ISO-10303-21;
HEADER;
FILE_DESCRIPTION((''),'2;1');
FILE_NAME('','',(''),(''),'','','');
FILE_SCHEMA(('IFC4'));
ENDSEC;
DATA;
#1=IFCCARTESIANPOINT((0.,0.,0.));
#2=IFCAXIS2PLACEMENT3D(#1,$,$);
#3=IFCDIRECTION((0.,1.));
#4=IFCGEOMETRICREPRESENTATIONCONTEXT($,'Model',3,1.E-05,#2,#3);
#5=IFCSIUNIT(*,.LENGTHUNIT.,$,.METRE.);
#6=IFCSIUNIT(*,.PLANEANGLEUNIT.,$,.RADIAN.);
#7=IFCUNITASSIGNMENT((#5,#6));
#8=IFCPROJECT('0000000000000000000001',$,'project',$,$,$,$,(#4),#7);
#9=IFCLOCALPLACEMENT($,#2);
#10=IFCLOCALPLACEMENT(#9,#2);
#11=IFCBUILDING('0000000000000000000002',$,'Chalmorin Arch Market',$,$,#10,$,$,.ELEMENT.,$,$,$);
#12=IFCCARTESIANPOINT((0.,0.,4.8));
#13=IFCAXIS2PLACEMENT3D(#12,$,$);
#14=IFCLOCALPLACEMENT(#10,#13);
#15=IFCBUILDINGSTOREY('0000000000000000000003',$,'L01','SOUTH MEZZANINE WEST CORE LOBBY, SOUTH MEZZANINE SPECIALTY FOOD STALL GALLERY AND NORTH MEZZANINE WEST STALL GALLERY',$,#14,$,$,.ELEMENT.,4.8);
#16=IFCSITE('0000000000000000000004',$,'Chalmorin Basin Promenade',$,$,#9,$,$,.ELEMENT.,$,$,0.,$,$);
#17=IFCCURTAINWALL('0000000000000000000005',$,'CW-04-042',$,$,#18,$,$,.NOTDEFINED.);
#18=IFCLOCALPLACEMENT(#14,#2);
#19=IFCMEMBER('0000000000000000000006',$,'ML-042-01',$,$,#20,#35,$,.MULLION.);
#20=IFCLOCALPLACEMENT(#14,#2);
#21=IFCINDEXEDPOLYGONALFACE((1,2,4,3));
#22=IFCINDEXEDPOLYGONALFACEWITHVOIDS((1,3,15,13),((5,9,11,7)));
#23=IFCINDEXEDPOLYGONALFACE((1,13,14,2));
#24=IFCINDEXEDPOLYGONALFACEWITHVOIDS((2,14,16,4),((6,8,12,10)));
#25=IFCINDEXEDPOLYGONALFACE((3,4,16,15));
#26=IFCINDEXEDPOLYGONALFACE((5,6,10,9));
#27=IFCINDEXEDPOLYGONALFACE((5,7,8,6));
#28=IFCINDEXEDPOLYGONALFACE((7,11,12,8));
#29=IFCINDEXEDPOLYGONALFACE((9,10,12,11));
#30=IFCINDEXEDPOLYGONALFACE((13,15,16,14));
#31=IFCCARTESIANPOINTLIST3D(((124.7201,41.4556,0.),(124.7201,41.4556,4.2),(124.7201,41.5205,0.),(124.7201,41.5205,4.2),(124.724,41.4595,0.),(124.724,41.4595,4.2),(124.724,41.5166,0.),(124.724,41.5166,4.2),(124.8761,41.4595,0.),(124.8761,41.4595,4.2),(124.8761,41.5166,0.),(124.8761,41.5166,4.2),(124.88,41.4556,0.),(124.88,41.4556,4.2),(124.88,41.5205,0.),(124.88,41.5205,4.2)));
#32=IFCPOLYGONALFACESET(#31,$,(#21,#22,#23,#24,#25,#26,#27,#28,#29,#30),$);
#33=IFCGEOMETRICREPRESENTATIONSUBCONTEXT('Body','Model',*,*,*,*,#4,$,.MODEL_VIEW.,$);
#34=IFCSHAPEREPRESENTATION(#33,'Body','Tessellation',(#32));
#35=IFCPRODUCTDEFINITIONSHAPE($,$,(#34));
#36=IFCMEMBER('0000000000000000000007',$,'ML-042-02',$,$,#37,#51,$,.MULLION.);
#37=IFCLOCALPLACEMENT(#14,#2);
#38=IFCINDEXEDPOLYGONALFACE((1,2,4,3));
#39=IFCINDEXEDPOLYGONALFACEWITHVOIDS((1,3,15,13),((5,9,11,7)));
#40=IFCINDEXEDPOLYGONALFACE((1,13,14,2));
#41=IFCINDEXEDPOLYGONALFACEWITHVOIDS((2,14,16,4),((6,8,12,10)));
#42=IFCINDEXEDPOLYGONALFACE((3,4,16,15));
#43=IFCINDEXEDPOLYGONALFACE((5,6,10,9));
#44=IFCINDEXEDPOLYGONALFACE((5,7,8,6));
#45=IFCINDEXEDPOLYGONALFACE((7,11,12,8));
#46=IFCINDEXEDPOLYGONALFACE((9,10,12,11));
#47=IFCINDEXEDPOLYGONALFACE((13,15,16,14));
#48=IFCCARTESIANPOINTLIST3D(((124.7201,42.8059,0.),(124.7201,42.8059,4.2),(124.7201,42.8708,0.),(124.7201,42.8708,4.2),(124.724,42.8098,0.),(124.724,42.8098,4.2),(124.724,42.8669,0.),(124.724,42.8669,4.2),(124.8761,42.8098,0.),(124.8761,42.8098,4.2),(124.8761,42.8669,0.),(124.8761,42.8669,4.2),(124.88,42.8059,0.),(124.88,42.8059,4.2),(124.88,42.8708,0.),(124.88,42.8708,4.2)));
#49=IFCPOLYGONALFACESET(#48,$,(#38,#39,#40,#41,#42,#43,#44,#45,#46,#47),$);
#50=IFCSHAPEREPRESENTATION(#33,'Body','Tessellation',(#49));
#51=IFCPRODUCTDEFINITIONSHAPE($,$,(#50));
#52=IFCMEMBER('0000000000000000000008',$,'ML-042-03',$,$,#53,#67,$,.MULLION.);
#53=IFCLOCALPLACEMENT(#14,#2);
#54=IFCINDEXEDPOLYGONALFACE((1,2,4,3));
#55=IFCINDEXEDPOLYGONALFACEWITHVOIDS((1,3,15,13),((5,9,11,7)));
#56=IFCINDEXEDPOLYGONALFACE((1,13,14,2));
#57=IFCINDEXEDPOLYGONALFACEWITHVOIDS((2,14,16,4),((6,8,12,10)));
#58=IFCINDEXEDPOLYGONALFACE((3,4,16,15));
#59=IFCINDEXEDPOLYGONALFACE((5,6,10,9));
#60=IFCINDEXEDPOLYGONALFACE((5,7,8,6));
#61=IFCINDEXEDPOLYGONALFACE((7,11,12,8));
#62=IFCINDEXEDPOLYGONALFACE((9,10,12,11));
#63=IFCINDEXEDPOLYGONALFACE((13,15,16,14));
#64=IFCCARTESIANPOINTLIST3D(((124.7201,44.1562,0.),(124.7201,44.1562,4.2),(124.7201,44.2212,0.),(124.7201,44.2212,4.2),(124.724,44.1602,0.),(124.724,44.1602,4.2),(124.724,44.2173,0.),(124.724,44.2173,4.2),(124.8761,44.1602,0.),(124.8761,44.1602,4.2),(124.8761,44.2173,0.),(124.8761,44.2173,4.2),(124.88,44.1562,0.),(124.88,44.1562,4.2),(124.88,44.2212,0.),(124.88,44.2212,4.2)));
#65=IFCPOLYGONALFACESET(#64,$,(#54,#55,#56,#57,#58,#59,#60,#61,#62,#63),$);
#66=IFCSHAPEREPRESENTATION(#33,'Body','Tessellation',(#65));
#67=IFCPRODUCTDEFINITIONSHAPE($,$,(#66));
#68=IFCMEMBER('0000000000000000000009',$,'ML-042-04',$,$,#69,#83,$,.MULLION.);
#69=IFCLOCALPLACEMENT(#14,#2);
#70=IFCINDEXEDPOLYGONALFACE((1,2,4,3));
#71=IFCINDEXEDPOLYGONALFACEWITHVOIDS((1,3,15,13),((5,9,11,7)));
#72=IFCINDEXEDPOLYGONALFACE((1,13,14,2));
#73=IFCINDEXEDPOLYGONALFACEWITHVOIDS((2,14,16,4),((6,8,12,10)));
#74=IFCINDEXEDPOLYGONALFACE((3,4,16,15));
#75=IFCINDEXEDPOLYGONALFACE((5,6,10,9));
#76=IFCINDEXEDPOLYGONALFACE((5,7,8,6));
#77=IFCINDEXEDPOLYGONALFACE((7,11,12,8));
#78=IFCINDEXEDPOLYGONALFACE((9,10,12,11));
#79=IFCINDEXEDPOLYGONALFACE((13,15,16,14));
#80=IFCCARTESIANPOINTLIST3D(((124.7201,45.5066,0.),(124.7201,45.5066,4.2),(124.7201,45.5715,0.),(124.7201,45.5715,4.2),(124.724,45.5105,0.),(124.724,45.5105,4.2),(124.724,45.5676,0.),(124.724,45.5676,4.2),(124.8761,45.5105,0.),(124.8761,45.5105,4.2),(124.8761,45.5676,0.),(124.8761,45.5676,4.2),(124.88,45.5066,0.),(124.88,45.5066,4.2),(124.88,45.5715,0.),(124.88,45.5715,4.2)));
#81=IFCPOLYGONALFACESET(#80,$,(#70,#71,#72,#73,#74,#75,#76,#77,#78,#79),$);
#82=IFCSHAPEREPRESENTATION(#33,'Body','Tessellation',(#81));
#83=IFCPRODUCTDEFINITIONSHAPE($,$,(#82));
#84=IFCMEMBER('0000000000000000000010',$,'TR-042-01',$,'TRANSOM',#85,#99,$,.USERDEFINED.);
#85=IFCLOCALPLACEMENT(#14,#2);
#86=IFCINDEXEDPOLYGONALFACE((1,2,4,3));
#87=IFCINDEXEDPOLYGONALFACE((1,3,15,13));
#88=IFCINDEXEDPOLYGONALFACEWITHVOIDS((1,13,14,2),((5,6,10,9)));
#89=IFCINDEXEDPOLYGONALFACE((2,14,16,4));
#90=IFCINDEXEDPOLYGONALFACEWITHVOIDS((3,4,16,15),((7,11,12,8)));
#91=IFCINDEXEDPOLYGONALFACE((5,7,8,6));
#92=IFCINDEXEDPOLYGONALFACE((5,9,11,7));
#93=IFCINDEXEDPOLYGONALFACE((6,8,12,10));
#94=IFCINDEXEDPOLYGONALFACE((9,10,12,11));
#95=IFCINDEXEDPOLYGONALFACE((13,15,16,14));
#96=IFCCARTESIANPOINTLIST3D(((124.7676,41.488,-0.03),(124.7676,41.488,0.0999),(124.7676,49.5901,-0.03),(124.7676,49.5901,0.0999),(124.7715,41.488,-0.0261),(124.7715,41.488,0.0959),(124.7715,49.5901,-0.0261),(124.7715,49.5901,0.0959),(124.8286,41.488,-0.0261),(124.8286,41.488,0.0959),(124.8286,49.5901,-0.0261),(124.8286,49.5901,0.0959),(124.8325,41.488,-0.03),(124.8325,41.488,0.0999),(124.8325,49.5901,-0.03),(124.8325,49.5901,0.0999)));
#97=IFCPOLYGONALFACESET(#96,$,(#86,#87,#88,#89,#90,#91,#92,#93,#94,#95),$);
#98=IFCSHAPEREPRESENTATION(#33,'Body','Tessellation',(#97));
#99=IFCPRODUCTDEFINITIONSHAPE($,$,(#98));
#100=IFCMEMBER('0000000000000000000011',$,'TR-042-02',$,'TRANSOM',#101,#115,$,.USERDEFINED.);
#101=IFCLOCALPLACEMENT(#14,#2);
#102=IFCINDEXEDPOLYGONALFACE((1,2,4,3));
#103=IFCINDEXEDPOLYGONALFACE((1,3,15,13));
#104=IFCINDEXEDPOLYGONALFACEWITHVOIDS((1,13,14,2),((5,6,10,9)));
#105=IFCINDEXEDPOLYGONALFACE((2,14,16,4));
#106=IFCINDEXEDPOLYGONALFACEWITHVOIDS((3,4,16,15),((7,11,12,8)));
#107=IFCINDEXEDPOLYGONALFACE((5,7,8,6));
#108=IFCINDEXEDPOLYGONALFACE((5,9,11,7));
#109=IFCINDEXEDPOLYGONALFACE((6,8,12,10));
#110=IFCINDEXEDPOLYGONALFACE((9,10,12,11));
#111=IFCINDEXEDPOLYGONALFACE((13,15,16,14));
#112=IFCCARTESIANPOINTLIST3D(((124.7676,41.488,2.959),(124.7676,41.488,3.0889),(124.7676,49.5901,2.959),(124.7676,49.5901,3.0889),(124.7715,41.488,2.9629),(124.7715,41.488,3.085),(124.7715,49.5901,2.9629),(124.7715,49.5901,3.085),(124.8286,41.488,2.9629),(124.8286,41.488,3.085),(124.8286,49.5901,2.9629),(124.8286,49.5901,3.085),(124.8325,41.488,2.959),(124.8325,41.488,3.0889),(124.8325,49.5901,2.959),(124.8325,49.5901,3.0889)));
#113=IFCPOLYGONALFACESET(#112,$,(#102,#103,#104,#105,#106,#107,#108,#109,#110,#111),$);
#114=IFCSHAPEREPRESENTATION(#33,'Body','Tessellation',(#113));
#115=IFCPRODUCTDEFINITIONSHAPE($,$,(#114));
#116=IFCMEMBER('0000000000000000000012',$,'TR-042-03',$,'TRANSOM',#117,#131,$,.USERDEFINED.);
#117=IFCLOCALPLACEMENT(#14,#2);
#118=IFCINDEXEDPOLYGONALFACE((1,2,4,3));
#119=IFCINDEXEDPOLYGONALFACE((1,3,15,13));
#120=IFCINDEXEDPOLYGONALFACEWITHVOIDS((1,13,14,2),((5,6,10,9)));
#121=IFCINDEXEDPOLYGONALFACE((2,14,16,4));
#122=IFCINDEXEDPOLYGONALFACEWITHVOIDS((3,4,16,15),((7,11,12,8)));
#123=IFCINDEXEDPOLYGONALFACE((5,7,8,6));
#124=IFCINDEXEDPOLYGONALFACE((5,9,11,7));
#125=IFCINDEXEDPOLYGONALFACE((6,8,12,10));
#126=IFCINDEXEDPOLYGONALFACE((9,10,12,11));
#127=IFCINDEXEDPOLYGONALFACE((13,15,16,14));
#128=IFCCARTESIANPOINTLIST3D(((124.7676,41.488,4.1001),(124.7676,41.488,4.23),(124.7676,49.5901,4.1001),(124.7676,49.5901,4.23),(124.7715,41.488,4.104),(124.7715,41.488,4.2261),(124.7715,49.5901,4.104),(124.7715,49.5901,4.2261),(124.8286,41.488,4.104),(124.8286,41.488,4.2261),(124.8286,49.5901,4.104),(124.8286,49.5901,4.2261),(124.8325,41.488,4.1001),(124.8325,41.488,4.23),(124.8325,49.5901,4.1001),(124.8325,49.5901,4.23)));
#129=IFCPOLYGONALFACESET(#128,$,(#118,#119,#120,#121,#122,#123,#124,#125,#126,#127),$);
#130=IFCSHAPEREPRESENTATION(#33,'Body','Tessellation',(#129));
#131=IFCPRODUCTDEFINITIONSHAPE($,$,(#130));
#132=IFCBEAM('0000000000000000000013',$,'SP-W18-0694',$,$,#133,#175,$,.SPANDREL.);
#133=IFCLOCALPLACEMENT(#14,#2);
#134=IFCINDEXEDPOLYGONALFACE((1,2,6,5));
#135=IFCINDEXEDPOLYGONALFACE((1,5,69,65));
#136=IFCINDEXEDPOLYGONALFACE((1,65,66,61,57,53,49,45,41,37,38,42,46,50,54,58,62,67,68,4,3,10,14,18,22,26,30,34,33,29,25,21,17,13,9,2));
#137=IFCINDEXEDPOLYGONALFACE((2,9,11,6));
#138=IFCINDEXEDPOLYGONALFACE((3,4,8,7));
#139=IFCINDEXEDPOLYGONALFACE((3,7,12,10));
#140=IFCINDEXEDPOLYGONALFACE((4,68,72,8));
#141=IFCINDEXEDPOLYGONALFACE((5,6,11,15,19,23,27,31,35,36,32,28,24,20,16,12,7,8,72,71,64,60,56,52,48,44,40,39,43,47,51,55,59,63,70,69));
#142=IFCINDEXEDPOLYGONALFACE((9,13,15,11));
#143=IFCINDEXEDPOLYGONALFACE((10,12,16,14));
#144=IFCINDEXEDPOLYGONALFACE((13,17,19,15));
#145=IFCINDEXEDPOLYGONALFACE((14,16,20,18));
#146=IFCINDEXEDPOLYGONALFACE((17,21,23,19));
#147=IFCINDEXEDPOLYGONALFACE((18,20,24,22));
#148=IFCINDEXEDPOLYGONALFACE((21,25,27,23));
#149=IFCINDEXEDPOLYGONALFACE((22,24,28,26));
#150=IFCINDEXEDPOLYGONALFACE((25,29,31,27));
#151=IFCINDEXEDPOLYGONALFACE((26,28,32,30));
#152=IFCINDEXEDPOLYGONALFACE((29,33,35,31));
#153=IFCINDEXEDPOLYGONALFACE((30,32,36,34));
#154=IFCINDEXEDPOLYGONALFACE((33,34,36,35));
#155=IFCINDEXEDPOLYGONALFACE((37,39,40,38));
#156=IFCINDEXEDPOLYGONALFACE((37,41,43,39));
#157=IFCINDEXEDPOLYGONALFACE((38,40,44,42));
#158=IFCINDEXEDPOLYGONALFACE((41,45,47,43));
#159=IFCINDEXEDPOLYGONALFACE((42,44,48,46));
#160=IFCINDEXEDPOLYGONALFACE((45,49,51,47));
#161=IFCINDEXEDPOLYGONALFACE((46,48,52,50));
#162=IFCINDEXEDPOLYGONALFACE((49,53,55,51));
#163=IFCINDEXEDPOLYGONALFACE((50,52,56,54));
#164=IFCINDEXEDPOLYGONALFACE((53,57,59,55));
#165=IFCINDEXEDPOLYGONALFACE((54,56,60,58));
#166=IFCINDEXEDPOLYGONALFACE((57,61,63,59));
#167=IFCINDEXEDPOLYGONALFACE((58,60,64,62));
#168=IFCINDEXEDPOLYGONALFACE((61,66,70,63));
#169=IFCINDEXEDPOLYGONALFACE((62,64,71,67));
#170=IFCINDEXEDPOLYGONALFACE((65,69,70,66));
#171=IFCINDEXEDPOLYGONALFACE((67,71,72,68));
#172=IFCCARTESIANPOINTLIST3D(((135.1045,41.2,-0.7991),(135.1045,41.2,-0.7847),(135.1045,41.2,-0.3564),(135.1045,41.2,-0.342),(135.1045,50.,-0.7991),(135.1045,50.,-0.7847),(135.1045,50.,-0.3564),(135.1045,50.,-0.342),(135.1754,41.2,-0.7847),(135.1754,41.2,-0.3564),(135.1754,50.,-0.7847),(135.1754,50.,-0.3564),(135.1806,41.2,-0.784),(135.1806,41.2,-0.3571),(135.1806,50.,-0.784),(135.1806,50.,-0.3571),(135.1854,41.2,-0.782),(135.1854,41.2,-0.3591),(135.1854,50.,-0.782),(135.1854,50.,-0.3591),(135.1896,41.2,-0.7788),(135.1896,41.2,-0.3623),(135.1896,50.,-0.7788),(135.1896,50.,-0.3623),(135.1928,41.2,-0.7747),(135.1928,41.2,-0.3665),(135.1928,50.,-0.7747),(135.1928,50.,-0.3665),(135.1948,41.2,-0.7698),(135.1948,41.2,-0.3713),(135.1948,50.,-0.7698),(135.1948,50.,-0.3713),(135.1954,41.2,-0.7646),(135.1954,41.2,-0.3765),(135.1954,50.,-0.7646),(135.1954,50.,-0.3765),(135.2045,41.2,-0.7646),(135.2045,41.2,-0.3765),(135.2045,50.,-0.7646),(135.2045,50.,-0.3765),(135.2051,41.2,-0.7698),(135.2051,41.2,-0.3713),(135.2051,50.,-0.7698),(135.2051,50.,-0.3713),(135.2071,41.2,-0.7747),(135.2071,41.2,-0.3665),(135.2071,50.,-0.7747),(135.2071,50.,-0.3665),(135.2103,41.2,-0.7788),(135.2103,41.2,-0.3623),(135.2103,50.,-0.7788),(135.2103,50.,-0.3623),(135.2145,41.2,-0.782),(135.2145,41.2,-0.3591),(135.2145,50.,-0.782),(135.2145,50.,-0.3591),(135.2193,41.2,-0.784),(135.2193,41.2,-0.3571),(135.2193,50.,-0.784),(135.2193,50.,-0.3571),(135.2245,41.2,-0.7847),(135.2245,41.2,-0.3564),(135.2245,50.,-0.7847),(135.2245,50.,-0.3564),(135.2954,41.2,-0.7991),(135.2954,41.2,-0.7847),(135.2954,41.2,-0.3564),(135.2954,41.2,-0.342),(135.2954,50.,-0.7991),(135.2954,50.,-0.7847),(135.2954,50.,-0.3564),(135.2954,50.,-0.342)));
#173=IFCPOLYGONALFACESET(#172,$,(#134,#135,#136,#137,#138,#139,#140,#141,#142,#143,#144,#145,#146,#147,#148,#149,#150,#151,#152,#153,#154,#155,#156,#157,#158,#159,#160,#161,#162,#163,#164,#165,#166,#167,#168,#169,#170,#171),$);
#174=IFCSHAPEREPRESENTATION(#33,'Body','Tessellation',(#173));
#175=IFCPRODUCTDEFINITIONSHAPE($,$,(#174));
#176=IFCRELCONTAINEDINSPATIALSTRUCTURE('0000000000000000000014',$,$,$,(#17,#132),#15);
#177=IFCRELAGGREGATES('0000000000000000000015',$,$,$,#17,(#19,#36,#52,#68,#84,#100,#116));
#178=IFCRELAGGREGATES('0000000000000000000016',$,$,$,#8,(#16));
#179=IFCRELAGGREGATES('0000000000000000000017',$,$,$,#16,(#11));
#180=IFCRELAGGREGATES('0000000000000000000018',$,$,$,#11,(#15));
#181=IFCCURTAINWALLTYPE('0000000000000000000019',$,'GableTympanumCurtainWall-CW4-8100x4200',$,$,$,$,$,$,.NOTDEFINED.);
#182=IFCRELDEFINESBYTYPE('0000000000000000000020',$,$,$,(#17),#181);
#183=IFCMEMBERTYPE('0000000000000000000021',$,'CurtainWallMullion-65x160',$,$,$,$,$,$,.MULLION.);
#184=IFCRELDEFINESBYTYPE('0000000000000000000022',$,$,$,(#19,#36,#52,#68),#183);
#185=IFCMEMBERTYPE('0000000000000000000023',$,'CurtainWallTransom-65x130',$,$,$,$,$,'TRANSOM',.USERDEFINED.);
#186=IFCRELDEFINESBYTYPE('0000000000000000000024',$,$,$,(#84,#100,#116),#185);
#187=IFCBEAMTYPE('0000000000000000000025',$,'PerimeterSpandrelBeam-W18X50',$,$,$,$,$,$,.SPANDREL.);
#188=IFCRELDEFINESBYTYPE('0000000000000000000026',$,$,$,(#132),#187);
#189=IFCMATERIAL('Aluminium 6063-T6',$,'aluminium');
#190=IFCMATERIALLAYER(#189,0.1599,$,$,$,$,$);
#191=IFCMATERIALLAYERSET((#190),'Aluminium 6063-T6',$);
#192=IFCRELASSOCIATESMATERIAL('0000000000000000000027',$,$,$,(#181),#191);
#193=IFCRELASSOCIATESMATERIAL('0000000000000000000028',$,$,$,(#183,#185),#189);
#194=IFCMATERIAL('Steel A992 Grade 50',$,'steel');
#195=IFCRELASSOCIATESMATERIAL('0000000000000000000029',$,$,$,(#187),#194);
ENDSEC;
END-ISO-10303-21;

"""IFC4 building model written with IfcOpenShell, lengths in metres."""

from ifc_helpers import new_model, si_unit, direction, frame, origin, origin_2d, place, context, subcontext, project, spatial, hollow_rectangle, i_section, extrude, material, layer, layer_set, material_profile, profile_set, type_object, element, aggregate, save


model = new_model("IFC4")

# Units and contexts
model_context = context("Model", 3, precision=1e-05, world=origin(), true_north=direction((0.0, 1.0)))
body_context = subcontext(model_context, "Body", "Model", "MODEL_VIEW")
ifc_project = project(units=[si_unit("LENGTHUNIT", "METRE"), si_unit("PLANEANGLEUNIT", "RADIAN")], contexts=[model_context])

# Site, building, storey
site_placement = place(None, origin())
site = spatial("IfcSite", under=ifc_project, at=site_placement, Name="Chalmorin Basin Promenade", CompositionType="ELEMENT", RefElevation=0.0)
building_placement = place(site_placement, origin())
building = spatial("IfcBuilding", under=site, at=building_placement, Name="Chalmorin Arch Market", CompositionType="ELEMENT")
storey_placement = place(building_placement, frame((0.0, 0.0, 4.8)))
storey = spatial("IfcBuildingStorey", under=building, at=storey_placement, Name="L01", Description="SOUTH MEZZANINE WEST CORE LOBBY, SOUTH MEZZANINE SPECIALTY FOOD STALL GALLERY AND NORTH MEZZANINE WEST STALL GALLERY", CompositionType="ELEMENT", Elevation=4.8)

# Curtain wall, members
ifc_material_1 = material(Name="Aluminium 6063-T6", Category="aluminium")
ifc_layer_1 = layer(ifc_material_1, 0.1599)
ifc_layer_set_1 = layer_set([ifc_layer_1], Name="Aluminium 6063-T6")
curtain_wall_type = type_object("IfcCurtainWallType", Name="GableTympanumCurtainWall-CW4-8100x4200", PredefinedType="NOTDEFINED", material=ifc_layer_set_1)
curtain_wall_placement = place(storey_placement, origin())
curtain_wall = element("IfcCurtainWall", 1, at=curtain_wall_placement, inside=storey, type_object=curtain_wall_type, Name="CW-04-042", PredefinedType="NOTDEFINED")
ifc_material_profile_1 = material_profile(ifc_material_1, hollow_rectangle(XDim=0.0649, YDim=0.1599, WallThickness=0.0039, at=origin_2d()), Name="ALU65X160X4")
ifc_profile_set_1 = profile_set([ifc_material_profile_1], Name="Aluminium 6063-T6")
member_type_1 = type_object("IfcMemberType", Name="CurtainWallMullion-65x160", PredefinedType="MULLION", material=ifc_profile_set_1)
member_1_placement = place(storey_placement, frame((124.8, 41.488, 0.0), z_axis=(0.0, 0.0, 1.0), x_axis=(0.0, 1.0, 0.0)))
member_1 = element("IfcMember", 2, at=member_1_placement, type_object=member_type_1, Name="ML-042-01", PredefinedType="MULLION", context=body_context, shape_type="SweptSolid", body=[
    extrude(hollow_rectangle(XDim=0.0649, YDim=0.1599, WallThickness=0.0039, at=origin_2d()), origin(), (0.0, 0.0, 1.0), 4.2),
])
member_2_placement = place(storey_placement, frame((124.8, 42.8384, 0.0), z_axis=(0.0, 0.0, 1.0), x_axis=(0.0, 1.0, 0.0)))
member_2 = element("IfcMember", 3, at=member_2_placement, type_object=member_type_1, Name="ML-042-02", PredefinedType="MULLION", context=body_context, shape_type="SweptSolid", body=[
    extrude(hollow_rectangle(XDim=0.0649, YDim=0.1599, WallThickness=0.0039, at=origin_2d()), origin(), (0.0, 0.0, 1.0), 4.2),
])
member_3_placement = place(storey_placement, frame((124.8, 44.1887, 0.0), z_axis=(0.0, 0.0, 1.0), x_axis=(0.0, 1.0, 0.0)))
member_3 = element("IfcMember", 4, at=member_3_placement, type_object=member_type_1, Name="ML-042-03", PredefinedType="MULLION", context=body_context, shape_type="SweptSolid", body=[
    extrude(hollow_rectangle(XDim=0.0649, YDim=0.1599, WallThickness=0.0039, at=origin_2d()), origin(), (0.0, 0.0, 1.0), 4.2),
])
member_4_placement = place(storey_placement, frame((124.8, 45.5391, 0.0), z_axis=(0.0, 0.0, 1.0), x_axis=(0.0, 1.0, 0.0)))
member_4 = element("IfcMember", 5, at=member_4_placement, type_object=member_type_1, Name="ML-042-04", PredefinedType="MULLION", context=body_context, shape_type="SweptSolid", body=[
    extrude(hollow_rectangle(XDim=0.0649, YDim=0.1599, WallThickness=0.0039, at=origin_2d()), origin(), (0.0, 0.0, 1.0), 4.2),
])
ifc_material_profile_2 = material_profile(ifc_material_1, hollow_rectangle(XDim=0.0649, YDim=0.1299, WallThickness=0.0039, at=origin_2d()), Name="ALU65X130X4")
ifc_profile_set_2 = profile_set([ifc_material_profile_2], Name="Aluminium 6063-T6")
member_type_2 = type_object("IfcMemberType", Name="CurtainWallTransom-65x130", ElementType="TRANSOM", PredefinedType="USERDEFINED", material=ifc_profile_set_2)
member_5_placement = place(storey_placement, frame((124.8, 41.488, 0.0349), z_axis=(0.0, 1.0, 0.0), x_axis=(-1.0, 0.0, 0.0)))
member_5 = element("IfcMember", 6, at=member_5_placement, type_object=member_type_2, Name="TR-042-01", ObjectType="TRANSOM", PredefinedType="USERDEFINED", context=body_context, shape_type="SweptSolid", body=[
    extrude(hollow_rectangle(XDim=0.0649, YDim=0.1299, WallThickness=0.0039, at=origin_2d()), origin(), (0.0, 0.0, 1.0), 8.1021),
])
member_6_placement = place(storey_placement, frame((124.8, 41.488, 3.0239), z_axis=(0.0, 1.0, 0.0), x_axis=(-1.0, 0.0, 0.0)))
member_6 = element("IfcMember", 7, at=member_6_placement, type_object=member_type_2, Name="TR-042-02", ObjectType="TRANSOM", PredefinedType="USERDEFINED", context=body_context, shape_type="SweptSolid", body=[
    extrude(hollow_rectangle(XDim=0.0649, YDim=0.1299, WallThickness=0.0039, at=origin_2d()), origin(), (0.0, 0.0, 1.0), 8.1021),
])
member_7_placement = place(storey_placement, frame((124.8, 41.488, 4.165), z_axis=(0.0, 1.0, 0.0), x_axis=(-1.0, 0.0, 0.0)))
member_7 = element("IfcMember", 8, at=member_7_placement, type_object=member_type_2, Name="TR-042-03", ObjectType="TRANSOM", PredefinedType="USERDEFINED", context=body_context, shape_type="SweptSolid", body=[
    extrude(hollow_rectangle(XDim=0.0649, YDim=0.1299, WallThickness=0.0039, at=origin_2d()), origin(), (0.0, 0.0, 1.0), 8.1021),
])

# Beam
ifc_material_2 = material(Name="Steel A992 Grade 50", Category="steel")
ifc_material_profile_3 = material_profile(ifc_material_2, i_section(OverallWidth=0.1909, OverallDepth=0.457, WebThickness=0.009, FlangeThickness=0.0144, FilletRadius=0.02, at=origin_2d()), Name="W18X50")
ifc_profile_set_3 = profile_set([ifc_material_profile_3], Name="Steel A992 Grade 50")
beam_type_1 = type_object("IfcBeamType", Name="PerimeterSpandrelBeam-W18X50", PredefinedType="SPANDREL", material=ifc_profile_set_3)
beam_placement = place(storey_placement, frame((135.2, 41.2, -0.5706), z_axis=(0.0, 1.0, 0.0), x_axis=(-1.0, 0.0, 0.0)))
element("IfcBeam", 9, at=beam_placement, inside=storey, type_object=beam_type_1, Name="SP-W18-0694", PredefinedType="SPANDREL", context=body_context, shape_type="SweptSolid", body=[
    extrude(i_section(OverallWidth=0.1909, OverallDepth=0.457, WebThickness=0.009, FlangeThickness=0.0144, FilletRadius=0.02, at=origin_2d()), origin(), (0.0, 0.0, 1.0), 8.8),
])

aggregate(curtain_wall, [member_1, member_2, member_3, member_4, member_5, member_6, member_7])

save(model, "model.ifc")
